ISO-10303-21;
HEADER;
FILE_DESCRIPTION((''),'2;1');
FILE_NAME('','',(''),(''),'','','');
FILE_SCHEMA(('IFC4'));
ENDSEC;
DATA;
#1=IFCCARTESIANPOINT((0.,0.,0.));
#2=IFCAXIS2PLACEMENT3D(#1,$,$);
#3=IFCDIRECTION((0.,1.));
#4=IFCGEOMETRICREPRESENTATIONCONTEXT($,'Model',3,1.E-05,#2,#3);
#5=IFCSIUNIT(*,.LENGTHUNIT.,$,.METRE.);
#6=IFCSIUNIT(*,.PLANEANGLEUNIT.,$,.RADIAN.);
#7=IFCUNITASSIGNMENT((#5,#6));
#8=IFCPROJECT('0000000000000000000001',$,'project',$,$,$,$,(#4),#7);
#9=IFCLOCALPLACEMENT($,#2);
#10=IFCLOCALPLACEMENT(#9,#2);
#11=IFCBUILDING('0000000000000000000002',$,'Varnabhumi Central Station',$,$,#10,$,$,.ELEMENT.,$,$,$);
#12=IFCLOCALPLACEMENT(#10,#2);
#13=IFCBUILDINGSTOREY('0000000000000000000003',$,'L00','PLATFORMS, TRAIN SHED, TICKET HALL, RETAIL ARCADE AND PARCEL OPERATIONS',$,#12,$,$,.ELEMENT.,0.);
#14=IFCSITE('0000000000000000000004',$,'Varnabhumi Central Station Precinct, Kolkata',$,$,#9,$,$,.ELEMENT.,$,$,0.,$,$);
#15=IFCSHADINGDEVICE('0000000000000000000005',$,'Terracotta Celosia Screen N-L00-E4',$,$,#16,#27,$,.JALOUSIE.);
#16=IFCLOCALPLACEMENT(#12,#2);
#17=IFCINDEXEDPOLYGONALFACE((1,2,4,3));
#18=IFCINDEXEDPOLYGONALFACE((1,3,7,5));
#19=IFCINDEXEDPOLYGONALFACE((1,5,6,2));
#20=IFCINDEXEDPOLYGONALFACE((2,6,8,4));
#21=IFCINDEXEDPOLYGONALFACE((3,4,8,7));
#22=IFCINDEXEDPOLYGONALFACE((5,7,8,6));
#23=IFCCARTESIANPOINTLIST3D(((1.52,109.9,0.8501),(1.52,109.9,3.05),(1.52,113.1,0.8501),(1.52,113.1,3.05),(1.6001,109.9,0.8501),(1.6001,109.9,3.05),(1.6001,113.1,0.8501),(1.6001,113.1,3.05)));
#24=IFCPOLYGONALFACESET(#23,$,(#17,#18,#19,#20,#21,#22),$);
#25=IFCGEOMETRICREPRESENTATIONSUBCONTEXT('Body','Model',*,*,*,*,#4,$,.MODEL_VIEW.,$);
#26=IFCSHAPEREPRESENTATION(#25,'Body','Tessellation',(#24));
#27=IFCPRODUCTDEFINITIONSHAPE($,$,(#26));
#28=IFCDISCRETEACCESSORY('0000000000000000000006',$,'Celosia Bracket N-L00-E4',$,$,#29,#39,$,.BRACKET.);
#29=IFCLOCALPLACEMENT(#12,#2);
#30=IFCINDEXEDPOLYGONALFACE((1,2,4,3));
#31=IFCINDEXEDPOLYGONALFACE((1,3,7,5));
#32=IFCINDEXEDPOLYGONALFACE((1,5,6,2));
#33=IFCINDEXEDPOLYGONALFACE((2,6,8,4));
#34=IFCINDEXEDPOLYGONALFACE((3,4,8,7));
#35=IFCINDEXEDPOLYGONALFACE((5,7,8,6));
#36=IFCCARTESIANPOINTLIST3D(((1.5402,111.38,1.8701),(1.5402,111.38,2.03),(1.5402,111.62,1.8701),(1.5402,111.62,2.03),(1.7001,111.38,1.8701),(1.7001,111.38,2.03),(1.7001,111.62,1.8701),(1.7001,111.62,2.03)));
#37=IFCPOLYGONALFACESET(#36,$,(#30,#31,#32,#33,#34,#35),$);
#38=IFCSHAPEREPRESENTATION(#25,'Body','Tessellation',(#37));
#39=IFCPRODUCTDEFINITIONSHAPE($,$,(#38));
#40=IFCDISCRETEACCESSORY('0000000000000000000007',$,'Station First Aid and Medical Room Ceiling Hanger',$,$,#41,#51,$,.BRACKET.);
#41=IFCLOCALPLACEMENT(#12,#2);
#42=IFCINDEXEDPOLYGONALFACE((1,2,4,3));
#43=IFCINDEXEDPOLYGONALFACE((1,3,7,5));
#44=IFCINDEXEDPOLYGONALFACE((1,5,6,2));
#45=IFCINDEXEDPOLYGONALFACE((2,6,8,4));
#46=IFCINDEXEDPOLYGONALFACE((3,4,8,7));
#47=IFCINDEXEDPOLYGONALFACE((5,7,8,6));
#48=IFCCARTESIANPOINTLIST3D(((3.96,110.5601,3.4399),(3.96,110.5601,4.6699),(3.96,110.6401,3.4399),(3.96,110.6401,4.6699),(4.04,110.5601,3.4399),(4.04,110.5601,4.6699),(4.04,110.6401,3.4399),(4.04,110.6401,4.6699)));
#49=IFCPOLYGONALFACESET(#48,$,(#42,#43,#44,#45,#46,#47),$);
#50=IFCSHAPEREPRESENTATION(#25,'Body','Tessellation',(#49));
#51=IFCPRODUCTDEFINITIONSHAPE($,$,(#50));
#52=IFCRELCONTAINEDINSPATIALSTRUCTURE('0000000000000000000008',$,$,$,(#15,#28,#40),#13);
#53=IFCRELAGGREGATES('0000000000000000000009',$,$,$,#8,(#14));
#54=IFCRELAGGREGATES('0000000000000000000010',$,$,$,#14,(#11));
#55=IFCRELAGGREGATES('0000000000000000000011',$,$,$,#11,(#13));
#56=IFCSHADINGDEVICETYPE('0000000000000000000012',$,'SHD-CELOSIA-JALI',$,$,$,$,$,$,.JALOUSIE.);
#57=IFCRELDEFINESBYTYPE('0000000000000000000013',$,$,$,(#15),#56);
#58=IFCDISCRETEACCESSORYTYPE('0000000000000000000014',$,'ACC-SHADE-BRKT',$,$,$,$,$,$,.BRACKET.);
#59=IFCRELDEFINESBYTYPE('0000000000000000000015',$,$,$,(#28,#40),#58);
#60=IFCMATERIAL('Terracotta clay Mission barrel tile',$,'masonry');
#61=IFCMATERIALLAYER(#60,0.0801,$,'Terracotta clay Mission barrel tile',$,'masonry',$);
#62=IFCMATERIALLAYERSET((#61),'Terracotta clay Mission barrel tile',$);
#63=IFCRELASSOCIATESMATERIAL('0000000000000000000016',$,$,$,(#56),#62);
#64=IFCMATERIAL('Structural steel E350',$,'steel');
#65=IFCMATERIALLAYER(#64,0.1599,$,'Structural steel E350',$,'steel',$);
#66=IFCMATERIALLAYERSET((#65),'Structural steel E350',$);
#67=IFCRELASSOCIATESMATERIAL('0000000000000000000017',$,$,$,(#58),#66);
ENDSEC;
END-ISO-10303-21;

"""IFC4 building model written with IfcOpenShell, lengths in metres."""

from ifc_helpers import new_model, si_unit, direction, frame, origin, origin_2d, place, context, subcontext, project, spatial, rectangle, extrude, material, layer, layer_set, type_object, element, save


model = new_model("IFC4")

# Units and contexts
model_context = context("Model", 3, precision=1e-05, world=origin(), true_north=direction((0.0, 1.0)))
body_context = subcontext(model_context, "Body", "Model", "MODEL_VIEW")
ifc_project = project(units=[si_unit("LENGTHUNIT", "METRE"), si_unit("PLANEANGLEUNIT", "RADIAN")], contexts=[model_context])

# Site, building, storey
site_placement = place(None, origin())
site = spatial("IfcSite", under=ifc_project, at=site_placement, Name="Varnabhumi Central Station Precinct, Kolkata", CompositionType="ELEMENT", RefElevation=0.0)
building_placement = place(site_placement, origin())
building = spatial("IfcBuilding", under=site, at=building_placement, Name="Varnabhumi Central Station", CompositionType="ELEMENT")
storey_placement = place(building_placement, origin())
storey = spatial("IfcBuildingStorey", under=building, at=storey_placement, Name="L00", Description="PLATFORMS, TRAIN SHED, TICKET HALL, RETAIL ARCADE AND PARCEL OPERATIONS", CompositionType="ELEMENT", Elevation=0.0)

# Shared definitions
ifc_material_1 = material(Name="Structural steel E350", Category="steel")

# Shared definitions
ifc_material_2 = material(Name="Terracotta clay Mission barrel tile", Category="masonry")

# Shading device
ifc_layer_1 = layer(ifc_material_2, 0.0801, Name="Terracotta clay Mission barrel tile", Category="masonry")
ifc_layer_set_1 = layer_set([ifc_layer_1], Name="Terracotta clay Mission barrel tile")
shading_device_type = type_object("IfcShadingDeviceType", Name="SHD-CELOSIA-JALI", PredefinedType="JALOUSIE", material=ifc_layer_set_1)
shading_device_placement = place(storey_placement, frame((1.5601, 111.5, 0.8501), z_axis=(0.0, 0.0, 1.0), x_axis=(1.0, 0.0, 0.0)))
element("IfcShadingDevice", 1, at=shading_device_placement, inside=storey, type_object=shading_device_type, Name="Terracotta Celosia Screen N-L00-E4", PredefinedType="JALOUSIE", context=body_context, shape_type="SweptSolid", body=[
    extrude(rectangle(XDim=0.0801, YDim=3.2, at=origin_2d()), origin(), (0.0, 0.0, 1.0), 2.2),
])

# Discrete accessories
ifc_layer_2 = layer(ifc_material_1, 0.1599, Name="Structural steel E350", Category="steel")
ifc_layer_set_2 = layer_set([ifc_layer_2], Name="Structural steel E350")
discrete_accessory_type = type_object("IfcDiscreteAccessoryType", Name="ACC-SHADE-BRKT", PredefinedType="BRACKET", material=ifc_layer_set_2)
discrete_accessory_1_placement = place(storey_placement, frame((1.6201, 111.5, 1.8701), z_axis=(0.0, 0.0, 1.0), x_axis=(1.0, 0.0, 0.0)))
element("IfcDiscreteAccessory", 2, at=discrete_accessory_1_placement, inside=storey, type_object=discrete_accessory_type, Name="Celosia Bracket N-L00-E4", PredefinedType="BRACKET", context=body_context, shape_type="SweptSolid", body=[
    extrude(rectangle(XDim=0.1599, YDim=0.24, at=origin_2d()), origin(), (0.0, 0.0, 1.0), 0.1599),
])
discrete_accessory_2_placement = place(storey_placement, frame((4.0, 110.6001, 3.4399), z_axis=(0.0, 0.0, 1.0), x_axis=(1.0, 0.0, 0.0)))
element("IfcDiscreteAccessory", 3, at=discrete_accessory_2_placement, inside=storey, type_object=discrete_accessory_type, Name="Station First Aid and Medical Room Ceiling Hanger", PredefinedType="BRACKET", context=body_context, shape_type="SweptSolid", body=[
    extrude(rectangle(XDim=0.0801, YDim=0.0801, at=origin_2d()), origin(), (0.0, 0.0, 1.0), 1.23),
])

save(model, "model.ifc")
